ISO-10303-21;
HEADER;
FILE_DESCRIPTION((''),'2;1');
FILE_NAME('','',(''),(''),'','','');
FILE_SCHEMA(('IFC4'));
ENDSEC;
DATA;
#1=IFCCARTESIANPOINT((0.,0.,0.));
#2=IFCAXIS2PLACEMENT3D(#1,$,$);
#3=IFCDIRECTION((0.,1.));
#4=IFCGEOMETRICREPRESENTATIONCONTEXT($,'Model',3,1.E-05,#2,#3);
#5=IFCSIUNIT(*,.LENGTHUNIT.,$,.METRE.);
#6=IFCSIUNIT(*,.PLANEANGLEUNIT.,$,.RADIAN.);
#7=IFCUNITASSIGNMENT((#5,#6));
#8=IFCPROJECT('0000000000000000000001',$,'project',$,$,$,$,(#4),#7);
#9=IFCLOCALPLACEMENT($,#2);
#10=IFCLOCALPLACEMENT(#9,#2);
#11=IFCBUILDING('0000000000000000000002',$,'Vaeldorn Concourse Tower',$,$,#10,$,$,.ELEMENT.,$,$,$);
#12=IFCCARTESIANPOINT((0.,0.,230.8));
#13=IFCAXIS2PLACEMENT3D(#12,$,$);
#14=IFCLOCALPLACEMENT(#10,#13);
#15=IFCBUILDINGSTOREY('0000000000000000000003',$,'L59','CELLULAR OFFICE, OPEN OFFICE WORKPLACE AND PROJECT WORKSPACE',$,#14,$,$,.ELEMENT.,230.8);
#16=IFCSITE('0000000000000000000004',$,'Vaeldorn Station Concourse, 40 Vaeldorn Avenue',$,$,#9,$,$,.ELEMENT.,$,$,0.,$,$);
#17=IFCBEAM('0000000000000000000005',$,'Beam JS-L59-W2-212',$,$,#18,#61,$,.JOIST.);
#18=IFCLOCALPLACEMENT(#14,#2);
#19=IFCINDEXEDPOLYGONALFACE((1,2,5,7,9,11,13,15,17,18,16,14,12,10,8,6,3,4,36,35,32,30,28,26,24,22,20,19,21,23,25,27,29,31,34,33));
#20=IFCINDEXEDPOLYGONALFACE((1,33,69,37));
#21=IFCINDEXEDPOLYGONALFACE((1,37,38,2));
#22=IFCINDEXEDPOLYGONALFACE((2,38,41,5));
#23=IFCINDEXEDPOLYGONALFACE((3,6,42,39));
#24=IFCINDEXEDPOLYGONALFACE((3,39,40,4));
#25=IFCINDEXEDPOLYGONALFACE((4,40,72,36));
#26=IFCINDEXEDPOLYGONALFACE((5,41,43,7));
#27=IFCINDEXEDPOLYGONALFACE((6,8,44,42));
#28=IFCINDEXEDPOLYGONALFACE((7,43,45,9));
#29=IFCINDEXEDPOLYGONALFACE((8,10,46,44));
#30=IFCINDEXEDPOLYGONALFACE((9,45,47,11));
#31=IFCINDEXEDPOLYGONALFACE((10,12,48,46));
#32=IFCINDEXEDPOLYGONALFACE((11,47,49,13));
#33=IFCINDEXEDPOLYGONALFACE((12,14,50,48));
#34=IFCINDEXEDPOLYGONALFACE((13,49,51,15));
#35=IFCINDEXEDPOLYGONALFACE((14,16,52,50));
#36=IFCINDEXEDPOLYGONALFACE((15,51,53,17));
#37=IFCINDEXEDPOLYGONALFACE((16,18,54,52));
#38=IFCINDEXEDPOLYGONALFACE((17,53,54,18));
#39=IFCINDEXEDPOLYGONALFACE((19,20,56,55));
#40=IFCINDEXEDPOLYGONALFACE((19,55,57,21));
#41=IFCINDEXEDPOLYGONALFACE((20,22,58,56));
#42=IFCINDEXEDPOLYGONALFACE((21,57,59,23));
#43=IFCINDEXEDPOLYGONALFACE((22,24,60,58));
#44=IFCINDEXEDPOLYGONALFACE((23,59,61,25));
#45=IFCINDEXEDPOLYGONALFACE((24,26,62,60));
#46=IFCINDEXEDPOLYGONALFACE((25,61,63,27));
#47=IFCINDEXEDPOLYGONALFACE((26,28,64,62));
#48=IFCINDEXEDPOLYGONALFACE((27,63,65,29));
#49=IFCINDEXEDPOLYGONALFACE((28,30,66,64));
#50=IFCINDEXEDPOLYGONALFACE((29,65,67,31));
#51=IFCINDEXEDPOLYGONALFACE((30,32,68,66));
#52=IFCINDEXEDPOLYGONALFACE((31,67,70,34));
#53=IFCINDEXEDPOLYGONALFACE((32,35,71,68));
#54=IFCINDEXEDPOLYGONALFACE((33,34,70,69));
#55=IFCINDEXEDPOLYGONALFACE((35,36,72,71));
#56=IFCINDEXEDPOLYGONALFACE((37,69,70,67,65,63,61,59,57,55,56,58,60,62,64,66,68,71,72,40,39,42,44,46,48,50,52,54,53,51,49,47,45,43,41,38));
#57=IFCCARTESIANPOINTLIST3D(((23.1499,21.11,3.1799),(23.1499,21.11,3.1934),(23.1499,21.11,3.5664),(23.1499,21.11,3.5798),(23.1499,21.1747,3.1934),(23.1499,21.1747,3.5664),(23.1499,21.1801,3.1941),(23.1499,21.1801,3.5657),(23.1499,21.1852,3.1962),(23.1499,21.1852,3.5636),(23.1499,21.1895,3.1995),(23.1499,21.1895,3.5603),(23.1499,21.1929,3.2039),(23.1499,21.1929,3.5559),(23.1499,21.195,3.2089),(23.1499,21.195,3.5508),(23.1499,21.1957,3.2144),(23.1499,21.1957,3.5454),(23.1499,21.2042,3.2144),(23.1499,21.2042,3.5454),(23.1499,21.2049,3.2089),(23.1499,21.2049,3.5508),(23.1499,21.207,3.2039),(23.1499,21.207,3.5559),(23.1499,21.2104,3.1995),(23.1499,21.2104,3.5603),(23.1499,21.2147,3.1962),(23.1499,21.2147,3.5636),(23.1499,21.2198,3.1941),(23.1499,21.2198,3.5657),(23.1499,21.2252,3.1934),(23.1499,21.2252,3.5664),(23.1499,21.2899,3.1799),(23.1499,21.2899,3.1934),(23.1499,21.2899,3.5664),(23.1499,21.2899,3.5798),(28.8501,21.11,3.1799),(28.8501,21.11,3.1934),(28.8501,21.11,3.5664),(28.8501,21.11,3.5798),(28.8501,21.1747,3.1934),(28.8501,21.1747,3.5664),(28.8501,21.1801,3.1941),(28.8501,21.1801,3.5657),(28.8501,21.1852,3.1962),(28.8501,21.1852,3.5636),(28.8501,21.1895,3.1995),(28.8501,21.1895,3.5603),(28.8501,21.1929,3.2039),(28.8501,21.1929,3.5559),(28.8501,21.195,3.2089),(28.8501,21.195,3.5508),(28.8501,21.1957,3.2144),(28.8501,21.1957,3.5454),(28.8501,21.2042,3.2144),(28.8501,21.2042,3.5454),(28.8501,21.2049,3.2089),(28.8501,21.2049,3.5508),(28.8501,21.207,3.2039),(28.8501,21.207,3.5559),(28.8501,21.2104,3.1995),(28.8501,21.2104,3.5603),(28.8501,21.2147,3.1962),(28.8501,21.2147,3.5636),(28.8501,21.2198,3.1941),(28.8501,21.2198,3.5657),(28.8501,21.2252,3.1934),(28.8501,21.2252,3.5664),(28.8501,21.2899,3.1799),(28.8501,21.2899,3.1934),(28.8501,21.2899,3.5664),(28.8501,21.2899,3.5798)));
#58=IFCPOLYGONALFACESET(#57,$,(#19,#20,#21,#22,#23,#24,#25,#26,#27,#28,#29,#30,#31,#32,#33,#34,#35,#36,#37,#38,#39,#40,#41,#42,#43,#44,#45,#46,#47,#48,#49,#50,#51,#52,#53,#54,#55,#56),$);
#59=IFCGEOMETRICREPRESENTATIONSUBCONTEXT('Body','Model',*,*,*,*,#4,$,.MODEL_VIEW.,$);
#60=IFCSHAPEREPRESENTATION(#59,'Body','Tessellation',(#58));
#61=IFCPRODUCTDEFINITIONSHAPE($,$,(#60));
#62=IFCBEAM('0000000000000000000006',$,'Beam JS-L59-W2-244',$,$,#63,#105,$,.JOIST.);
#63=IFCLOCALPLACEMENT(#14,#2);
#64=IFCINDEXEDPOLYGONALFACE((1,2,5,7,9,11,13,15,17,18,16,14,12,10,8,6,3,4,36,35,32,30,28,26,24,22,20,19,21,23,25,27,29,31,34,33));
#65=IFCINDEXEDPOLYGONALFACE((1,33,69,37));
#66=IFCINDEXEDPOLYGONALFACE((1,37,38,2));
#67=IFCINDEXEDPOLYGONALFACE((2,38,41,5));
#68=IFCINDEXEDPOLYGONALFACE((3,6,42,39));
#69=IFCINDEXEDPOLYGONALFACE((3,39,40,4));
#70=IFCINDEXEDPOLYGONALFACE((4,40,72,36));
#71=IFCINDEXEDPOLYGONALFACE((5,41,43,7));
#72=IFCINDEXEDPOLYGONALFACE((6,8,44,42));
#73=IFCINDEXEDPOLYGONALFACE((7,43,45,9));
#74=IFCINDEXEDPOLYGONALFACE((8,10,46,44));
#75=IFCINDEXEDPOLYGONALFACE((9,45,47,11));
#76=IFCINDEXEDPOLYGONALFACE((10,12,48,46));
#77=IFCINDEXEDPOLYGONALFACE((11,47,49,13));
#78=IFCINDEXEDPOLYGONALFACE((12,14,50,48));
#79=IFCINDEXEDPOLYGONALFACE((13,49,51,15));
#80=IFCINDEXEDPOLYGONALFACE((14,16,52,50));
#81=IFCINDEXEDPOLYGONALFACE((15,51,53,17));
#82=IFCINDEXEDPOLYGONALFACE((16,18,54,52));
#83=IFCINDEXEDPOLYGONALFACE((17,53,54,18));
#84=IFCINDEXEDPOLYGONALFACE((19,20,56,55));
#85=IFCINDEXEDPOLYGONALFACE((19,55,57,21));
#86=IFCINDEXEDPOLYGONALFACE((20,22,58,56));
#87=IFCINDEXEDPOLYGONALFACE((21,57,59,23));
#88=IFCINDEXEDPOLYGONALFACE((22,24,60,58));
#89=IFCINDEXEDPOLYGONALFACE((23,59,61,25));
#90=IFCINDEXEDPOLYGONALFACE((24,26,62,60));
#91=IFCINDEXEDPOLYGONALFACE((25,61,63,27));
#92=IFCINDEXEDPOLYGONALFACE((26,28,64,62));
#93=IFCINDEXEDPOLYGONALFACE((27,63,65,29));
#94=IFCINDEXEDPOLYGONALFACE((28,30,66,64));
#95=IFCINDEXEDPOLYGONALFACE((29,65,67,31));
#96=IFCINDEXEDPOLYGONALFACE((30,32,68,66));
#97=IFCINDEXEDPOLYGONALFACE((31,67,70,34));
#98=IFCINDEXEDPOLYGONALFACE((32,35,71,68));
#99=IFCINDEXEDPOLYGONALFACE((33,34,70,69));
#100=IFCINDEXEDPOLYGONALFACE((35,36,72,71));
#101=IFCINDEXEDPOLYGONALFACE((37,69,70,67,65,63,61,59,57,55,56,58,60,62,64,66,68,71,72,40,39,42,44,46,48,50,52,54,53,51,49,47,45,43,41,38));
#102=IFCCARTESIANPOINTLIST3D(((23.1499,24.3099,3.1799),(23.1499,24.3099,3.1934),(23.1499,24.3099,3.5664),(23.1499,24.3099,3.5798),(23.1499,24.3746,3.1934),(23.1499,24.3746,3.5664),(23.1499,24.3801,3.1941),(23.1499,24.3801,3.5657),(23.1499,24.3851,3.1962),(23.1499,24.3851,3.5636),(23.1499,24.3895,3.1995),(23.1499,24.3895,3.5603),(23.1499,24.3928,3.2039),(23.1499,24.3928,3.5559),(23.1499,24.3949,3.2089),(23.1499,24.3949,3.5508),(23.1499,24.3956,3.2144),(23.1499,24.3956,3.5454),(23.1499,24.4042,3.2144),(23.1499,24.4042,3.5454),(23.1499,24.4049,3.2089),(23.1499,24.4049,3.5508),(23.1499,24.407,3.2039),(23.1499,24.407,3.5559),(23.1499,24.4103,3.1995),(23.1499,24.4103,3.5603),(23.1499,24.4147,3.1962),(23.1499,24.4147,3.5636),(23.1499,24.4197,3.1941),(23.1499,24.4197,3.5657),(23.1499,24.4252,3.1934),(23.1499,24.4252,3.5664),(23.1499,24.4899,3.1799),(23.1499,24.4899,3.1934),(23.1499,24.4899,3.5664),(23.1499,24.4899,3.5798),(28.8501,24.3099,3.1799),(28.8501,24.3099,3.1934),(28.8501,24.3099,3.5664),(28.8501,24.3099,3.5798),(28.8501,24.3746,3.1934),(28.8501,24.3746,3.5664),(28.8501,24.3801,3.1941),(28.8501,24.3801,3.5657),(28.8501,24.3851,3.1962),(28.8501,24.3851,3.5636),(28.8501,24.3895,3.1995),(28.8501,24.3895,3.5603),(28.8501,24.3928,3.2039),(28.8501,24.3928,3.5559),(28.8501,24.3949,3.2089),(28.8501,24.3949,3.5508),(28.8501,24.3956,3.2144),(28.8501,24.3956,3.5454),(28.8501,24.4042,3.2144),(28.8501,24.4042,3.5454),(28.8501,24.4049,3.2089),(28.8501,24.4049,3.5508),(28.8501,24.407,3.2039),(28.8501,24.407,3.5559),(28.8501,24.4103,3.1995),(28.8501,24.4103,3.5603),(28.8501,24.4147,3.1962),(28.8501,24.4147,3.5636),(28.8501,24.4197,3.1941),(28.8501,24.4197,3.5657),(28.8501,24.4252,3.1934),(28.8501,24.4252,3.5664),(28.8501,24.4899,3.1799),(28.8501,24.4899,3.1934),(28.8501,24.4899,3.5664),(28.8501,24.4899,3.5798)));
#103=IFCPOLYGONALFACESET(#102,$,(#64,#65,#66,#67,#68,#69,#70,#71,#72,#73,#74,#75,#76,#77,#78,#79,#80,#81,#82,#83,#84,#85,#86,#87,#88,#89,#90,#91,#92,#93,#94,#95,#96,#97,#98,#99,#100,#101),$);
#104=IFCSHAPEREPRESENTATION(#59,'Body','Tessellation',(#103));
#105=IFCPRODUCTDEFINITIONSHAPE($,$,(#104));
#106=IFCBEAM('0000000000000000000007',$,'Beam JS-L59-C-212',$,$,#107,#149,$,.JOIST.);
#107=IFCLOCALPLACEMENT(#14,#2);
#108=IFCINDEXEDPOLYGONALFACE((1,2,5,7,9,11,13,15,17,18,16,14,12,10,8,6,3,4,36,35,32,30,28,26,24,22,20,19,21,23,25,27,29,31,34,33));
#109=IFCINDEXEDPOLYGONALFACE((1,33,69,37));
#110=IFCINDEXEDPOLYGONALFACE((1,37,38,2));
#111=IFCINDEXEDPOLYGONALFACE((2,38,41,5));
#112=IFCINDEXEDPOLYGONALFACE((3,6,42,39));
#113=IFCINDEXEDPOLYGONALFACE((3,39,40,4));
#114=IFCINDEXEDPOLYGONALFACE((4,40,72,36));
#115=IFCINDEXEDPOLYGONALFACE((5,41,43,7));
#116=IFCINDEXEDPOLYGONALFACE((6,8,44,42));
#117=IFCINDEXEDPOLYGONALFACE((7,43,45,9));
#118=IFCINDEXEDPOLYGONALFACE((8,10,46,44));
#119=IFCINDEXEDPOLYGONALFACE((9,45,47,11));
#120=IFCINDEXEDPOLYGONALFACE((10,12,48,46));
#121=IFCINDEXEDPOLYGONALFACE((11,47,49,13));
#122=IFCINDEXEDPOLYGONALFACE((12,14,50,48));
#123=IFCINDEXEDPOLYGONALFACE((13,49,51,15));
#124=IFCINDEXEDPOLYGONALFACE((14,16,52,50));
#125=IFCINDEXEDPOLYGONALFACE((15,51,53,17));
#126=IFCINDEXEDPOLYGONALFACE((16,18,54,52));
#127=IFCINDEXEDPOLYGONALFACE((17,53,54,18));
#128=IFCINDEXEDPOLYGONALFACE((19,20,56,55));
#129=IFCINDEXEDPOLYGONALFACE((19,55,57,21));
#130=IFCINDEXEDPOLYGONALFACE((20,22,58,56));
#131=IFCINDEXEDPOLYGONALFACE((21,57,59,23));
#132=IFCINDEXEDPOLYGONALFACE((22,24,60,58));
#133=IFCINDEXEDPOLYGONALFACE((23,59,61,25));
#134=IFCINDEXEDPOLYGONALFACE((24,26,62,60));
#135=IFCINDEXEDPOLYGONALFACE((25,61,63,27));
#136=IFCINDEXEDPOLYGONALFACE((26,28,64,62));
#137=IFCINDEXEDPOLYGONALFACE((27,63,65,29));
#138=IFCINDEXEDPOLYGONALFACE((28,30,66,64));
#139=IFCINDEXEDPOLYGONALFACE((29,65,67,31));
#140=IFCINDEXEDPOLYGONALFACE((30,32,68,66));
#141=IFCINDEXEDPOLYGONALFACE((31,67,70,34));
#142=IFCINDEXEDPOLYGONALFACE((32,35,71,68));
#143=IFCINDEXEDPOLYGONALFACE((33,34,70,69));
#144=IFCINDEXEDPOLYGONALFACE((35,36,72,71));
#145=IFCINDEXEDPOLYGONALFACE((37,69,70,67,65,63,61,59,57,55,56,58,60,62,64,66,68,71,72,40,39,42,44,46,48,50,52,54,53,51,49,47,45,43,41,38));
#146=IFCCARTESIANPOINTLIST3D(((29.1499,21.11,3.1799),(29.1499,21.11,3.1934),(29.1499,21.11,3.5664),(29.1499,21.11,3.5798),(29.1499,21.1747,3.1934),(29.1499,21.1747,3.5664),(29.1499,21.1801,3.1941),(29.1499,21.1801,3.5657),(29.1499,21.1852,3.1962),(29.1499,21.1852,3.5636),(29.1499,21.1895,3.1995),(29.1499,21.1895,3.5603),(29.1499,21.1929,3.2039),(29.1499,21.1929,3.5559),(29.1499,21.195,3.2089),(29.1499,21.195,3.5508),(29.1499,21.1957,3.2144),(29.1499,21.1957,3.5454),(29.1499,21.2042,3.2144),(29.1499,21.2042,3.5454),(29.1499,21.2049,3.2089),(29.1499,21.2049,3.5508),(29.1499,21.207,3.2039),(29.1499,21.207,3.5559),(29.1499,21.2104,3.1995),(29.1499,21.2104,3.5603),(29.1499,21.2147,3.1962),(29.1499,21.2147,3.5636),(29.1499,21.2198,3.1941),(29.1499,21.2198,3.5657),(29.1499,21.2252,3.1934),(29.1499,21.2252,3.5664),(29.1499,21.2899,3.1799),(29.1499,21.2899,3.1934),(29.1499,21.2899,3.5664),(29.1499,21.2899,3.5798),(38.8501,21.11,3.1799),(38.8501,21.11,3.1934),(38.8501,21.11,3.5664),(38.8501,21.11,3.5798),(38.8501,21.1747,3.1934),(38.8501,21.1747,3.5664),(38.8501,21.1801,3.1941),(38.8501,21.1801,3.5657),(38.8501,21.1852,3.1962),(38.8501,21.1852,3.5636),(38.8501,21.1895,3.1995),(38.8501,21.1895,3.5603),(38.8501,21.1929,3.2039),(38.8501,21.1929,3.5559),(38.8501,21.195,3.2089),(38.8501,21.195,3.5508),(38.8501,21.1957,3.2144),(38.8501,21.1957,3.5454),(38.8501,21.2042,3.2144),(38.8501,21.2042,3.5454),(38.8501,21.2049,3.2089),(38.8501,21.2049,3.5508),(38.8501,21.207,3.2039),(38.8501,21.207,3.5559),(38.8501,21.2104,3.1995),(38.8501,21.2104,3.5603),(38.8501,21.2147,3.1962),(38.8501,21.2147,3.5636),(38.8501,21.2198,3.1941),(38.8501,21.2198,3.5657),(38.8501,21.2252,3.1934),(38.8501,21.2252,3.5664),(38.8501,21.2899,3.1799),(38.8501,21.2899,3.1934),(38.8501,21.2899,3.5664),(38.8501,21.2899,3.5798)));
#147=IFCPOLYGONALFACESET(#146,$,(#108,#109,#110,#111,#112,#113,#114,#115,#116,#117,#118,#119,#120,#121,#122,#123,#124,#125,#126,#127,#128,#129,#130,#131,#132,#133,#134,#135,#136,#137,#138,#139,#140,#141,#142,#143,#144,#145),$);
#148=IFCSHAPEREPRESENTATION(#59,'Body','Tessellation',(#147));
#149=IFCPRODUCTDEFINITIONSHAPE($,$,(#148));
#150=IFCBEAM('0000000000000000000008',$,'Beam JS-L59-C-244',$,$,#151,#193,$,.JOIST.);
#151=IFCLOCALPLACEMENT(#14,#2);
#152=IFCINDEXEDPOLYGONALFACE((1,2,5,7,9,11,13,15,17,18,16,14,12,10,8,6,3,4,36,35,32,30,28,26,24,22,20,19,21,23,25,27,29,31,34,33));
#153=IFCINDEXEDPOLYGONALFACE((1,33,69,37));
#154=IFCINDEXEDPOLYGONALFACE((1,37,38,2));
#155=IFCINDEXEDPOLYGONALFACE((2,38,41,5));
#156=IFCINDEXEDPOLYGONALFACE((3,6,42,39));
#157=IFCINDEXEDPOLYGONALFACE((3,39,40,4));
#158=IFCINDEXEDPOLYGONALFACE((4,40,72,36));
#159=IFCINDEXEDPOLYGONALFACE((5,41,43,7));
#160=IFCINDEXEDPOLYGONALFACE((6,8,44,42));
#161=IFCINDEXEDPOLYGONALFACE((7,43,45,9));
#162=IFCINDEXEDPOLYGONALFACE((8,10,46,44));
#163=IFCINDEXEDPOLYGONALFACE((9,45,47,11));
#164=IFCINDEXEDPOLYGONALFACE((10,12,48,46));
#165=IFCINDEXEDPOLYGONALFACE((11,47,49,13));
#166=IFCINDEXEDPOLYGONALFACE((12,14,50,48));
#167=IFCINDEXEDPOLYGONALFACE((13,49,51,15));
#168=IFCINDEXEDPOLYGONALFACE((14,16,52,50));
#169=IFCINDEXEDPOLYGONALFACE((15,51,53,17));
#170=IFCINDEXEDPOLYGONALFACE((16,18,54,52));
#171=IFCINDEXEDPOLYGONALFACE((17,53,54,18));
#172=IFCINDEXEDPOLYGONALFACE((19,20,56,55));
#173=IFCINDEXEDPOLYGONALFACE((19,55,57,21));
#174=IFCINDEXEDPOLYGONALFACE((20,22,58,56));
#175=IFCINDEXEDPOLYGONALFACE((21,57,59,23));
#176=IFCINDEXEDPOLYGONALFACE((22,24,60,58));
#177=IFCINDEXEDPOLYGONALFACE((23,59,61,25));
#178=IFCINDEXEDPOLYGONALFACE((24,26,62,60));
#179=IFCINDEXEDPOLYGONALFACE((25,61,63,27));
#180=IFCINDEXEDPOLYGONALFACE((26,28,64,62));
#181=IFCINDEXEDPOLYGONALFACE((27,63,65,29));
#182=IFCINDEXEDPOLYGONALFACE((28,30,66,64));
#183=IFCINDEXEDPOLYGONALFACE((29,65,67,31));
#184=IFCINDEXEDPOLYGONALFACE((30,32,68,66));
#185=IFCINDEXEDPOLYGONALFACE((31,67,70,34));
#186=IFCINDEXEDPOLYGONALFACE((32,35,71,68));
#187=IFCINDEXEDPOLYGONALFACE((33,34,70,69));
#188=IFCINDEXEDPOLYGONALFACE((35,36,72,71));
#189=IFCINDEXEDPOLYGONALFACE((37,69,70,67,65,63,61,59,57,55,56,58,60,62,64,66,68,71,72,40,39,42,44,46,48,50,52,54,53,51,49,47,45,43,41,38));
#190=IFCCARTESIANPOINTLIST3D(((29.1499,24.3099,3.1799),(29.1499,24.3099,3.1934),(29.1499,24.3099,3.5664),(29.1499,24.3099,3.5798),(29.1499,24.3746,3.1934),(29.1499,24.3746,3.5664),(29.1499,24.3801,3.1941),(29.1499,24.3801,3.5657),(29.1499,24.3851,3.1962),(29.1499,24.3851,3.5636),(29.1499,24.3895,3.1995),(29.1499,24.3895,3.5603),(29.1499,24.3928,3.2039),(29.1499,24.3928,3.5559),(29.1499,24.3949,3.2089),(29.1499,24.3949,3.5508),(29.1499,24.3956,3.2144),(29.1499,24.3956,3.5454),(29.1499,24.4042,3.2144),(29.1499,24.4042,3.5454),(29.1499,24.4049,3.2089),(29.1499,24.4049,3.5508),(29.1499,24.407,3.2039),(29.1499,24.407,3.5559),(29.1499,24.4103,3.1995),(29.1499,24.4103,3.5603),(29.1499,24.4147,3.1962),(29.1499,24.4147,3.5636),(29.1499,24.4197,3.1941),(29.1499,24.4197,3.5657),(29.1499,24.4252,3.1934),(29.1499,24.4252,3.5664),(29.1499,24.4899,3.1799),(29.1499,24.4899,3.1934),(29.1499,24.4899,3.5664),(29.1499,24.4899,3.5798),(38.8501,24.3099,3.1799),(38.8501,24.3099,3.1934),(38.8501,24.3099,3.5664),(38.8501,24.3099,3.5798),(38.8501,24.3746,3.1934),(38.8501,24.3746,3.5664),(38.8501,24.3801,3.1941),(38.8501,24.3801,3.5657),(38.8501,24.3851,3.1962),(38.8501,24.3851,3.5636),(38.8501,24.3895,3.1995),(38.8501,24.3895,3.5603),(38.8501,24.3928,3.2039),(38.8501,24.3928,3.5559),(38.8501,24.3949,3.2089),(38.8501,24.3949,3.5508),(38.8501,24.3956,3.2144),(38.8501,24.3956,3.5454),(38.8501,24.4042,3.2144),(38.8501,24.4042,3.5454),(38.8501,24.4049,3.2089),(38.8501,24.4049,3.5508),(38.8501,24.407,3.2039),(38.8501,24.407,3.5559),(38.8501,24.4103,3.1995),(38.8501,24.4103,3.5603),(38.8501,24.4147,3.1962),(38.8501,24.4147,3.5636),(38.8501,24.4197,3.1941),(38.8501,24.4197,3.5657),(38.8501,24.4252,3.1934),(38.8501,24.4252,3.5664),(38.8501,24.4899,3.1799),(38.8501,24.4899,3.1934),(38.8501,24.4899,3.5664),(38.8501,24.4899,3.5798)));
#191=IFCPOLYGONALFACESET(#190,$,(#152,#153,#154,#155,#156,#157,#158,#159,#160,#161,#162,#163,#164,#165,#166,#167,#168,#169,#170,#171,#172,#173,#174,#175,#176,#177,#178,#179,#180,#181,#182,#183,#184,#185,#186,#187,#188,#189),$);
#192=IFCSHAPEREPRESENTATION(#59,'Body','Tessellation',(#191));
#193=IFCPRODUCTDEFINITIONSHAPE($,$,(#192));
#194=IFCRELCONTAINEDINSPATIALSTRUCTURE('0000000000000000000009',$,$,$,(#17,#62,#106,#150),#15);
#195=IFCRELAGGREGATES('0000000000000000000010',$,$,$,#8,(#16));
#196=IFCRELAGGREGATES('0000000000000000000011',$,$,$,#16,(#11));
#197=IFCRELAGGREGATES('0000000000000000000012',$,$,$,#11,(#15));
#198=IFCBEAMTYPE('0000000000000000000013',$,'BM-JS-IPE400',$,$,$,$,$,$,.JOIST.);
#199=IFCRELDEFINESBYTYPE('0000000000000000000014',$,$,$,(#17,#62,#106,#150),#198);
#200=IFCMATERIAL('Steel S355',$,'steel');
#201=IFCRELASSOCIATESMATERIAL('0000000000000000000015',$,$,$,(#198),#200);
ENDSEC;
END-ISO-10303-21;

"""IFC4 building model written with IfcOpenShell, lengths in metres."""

from ifc_helpers import new_model, si_unit, direction, frame, origin, origin_2d, place, context, subcontext, project, spatial, i_section, extrude, source, transform, mapped, material, material_profile, profile_set, type_object, element, save


model = new_model("IFC4")

# Units and contexts
model_context = context("Model", 3, precision=1e-05, world=origin(), true_north=direction((0.0, 1.0)))
body_context = subcontext(model_context, "Body", "Model", "MODEL_VIEW")
ifc_project = project(units=[si_unit("LENGTHUNIT", "METRE"), si_unit("PLANEANGLEUNIT", "RADIAN")], contexts=[model_context])

# Site, building, storey
site_placement = place(None, origin())
site = spatial("IfcSite", under=ifc_project, at=site_placement, Name="Vaeldorn Station Concourse, 40 Vaeldorn Avenue", CompositionType="ELEMENT", RefElevation=0.0)
building_placement = place(site_placement, origin())
building = spatial("IfcBuilding", under=site, at=building_placement, Name="Vaeldorn Concourse Tower", CompositionType="ELEMENT")
storey_placement = place(building_placement, frame((0.0, 0.0, 230.8)))
storey = spatial("IfcBuildingStorey", under=building, at=storey_placement, Name="L59", Description="CELLULAR OFFICE, OPEN OFFICE WORKPLACE AND PROJECT WORKSPACE", CompositionType="ELEMENT", Elevation=230.8)

# Shared definitions
ifc_material_1 = material(Name="Steel S355", Category="steel")

# Beams
ifc_material_profile_1 = material_profile(ifc_material_1, i_section(OverallWidth=0.1799, OverallDepth=0.3999, WebThickness=0.0085, FlangeThickness=0.0134, FilletRadius=0.021, at=origin_2d()), Name="IPE 400")
ifc_profile_set_1 = profile_set([ifc_material_profile_1], Name="Steel S355")
beam_type_1 = type_object("IfcBeamType", Name="BM-JS-IPE400", PredefinedType="JOIST", material=ifc_profile_set_1)
shared_shape_1 = source(origin(), body_context, "Body", "SweptSolid", [
    extrude(i_section(OverallWidth=0.1799, OverallDepth=0.3999, WebThickness=0.0085, FlangeThickness=0.0134, FilletRadius=0.021, at=origin_2d()), origin(), (0.0, 0.0, 1.0), 5.7002),
])
for number, where, z_axis, x_axis, name in (
    (1, (23.1499, 21.2, 3.3799), (1.0, 0.0, 0.0), (0.0, 1.0, 0.0), "Beam JS-L59-W2-212"),
    (2, (23.1499, 24.3999, 3.3799), (1.0, 0.0, 0.0), (0.0, 1.0, 0.0), "Beam JS-L59-W2-244"),
):
    element("IfcBeam", number, at=place(storey_placement, frame(where, z_axis=z_axis, x_axis=x_axis)), inside=storey, type_object=beam_type_1, Name=name, PredefinedType="JOIST", context=body_context, shape_type="MappedRepresentation", body=[
        mapped(shared_shape_1, transform((0.0, 0.0, 0.0), scale=1.0)),
    ])
shared_shape_2 = source(origin(), body_context, "Body", "SweptSolid", [
    extrude(i_section(OverallWidth=0.1799, OverallDepth=0.3999, WebThickness=0.0085, FlangeThickness=0.0134, FilletRadius=0.021, at=origin_2d()), origin(), (0.0, 0.0, 1.0), 9.7002),
])
for number, where, z_axis, x_axis, name in (
    (3, (29.1499, 21.2, 3.3799), (1.0, 0.0, 0.0), (0.0, 1.0, 0.0), "Beam JS-L59-C-212"),
    (4, (29.1499, 24.3999, 3.3799), (1.0, 0.0, 0.0), (0.0, 1.0, 0.0), "Beam JS-L59-C-244"),
):
    element("IfcBeam", number, at=place(storey_placement, frame(where, z_axis=z_axis, x_axis=x_axis)), inside=storey, type_object=beam_type_1, Name=name, PredefinedType="JOIST", context=body_context, shape_type="MappedRepresentation", body=[
        mapped(shared_shape_2, transform((0.0, 0.0, 0.0), scale=1.0)),
    ])

save(model, "model.ifc")
